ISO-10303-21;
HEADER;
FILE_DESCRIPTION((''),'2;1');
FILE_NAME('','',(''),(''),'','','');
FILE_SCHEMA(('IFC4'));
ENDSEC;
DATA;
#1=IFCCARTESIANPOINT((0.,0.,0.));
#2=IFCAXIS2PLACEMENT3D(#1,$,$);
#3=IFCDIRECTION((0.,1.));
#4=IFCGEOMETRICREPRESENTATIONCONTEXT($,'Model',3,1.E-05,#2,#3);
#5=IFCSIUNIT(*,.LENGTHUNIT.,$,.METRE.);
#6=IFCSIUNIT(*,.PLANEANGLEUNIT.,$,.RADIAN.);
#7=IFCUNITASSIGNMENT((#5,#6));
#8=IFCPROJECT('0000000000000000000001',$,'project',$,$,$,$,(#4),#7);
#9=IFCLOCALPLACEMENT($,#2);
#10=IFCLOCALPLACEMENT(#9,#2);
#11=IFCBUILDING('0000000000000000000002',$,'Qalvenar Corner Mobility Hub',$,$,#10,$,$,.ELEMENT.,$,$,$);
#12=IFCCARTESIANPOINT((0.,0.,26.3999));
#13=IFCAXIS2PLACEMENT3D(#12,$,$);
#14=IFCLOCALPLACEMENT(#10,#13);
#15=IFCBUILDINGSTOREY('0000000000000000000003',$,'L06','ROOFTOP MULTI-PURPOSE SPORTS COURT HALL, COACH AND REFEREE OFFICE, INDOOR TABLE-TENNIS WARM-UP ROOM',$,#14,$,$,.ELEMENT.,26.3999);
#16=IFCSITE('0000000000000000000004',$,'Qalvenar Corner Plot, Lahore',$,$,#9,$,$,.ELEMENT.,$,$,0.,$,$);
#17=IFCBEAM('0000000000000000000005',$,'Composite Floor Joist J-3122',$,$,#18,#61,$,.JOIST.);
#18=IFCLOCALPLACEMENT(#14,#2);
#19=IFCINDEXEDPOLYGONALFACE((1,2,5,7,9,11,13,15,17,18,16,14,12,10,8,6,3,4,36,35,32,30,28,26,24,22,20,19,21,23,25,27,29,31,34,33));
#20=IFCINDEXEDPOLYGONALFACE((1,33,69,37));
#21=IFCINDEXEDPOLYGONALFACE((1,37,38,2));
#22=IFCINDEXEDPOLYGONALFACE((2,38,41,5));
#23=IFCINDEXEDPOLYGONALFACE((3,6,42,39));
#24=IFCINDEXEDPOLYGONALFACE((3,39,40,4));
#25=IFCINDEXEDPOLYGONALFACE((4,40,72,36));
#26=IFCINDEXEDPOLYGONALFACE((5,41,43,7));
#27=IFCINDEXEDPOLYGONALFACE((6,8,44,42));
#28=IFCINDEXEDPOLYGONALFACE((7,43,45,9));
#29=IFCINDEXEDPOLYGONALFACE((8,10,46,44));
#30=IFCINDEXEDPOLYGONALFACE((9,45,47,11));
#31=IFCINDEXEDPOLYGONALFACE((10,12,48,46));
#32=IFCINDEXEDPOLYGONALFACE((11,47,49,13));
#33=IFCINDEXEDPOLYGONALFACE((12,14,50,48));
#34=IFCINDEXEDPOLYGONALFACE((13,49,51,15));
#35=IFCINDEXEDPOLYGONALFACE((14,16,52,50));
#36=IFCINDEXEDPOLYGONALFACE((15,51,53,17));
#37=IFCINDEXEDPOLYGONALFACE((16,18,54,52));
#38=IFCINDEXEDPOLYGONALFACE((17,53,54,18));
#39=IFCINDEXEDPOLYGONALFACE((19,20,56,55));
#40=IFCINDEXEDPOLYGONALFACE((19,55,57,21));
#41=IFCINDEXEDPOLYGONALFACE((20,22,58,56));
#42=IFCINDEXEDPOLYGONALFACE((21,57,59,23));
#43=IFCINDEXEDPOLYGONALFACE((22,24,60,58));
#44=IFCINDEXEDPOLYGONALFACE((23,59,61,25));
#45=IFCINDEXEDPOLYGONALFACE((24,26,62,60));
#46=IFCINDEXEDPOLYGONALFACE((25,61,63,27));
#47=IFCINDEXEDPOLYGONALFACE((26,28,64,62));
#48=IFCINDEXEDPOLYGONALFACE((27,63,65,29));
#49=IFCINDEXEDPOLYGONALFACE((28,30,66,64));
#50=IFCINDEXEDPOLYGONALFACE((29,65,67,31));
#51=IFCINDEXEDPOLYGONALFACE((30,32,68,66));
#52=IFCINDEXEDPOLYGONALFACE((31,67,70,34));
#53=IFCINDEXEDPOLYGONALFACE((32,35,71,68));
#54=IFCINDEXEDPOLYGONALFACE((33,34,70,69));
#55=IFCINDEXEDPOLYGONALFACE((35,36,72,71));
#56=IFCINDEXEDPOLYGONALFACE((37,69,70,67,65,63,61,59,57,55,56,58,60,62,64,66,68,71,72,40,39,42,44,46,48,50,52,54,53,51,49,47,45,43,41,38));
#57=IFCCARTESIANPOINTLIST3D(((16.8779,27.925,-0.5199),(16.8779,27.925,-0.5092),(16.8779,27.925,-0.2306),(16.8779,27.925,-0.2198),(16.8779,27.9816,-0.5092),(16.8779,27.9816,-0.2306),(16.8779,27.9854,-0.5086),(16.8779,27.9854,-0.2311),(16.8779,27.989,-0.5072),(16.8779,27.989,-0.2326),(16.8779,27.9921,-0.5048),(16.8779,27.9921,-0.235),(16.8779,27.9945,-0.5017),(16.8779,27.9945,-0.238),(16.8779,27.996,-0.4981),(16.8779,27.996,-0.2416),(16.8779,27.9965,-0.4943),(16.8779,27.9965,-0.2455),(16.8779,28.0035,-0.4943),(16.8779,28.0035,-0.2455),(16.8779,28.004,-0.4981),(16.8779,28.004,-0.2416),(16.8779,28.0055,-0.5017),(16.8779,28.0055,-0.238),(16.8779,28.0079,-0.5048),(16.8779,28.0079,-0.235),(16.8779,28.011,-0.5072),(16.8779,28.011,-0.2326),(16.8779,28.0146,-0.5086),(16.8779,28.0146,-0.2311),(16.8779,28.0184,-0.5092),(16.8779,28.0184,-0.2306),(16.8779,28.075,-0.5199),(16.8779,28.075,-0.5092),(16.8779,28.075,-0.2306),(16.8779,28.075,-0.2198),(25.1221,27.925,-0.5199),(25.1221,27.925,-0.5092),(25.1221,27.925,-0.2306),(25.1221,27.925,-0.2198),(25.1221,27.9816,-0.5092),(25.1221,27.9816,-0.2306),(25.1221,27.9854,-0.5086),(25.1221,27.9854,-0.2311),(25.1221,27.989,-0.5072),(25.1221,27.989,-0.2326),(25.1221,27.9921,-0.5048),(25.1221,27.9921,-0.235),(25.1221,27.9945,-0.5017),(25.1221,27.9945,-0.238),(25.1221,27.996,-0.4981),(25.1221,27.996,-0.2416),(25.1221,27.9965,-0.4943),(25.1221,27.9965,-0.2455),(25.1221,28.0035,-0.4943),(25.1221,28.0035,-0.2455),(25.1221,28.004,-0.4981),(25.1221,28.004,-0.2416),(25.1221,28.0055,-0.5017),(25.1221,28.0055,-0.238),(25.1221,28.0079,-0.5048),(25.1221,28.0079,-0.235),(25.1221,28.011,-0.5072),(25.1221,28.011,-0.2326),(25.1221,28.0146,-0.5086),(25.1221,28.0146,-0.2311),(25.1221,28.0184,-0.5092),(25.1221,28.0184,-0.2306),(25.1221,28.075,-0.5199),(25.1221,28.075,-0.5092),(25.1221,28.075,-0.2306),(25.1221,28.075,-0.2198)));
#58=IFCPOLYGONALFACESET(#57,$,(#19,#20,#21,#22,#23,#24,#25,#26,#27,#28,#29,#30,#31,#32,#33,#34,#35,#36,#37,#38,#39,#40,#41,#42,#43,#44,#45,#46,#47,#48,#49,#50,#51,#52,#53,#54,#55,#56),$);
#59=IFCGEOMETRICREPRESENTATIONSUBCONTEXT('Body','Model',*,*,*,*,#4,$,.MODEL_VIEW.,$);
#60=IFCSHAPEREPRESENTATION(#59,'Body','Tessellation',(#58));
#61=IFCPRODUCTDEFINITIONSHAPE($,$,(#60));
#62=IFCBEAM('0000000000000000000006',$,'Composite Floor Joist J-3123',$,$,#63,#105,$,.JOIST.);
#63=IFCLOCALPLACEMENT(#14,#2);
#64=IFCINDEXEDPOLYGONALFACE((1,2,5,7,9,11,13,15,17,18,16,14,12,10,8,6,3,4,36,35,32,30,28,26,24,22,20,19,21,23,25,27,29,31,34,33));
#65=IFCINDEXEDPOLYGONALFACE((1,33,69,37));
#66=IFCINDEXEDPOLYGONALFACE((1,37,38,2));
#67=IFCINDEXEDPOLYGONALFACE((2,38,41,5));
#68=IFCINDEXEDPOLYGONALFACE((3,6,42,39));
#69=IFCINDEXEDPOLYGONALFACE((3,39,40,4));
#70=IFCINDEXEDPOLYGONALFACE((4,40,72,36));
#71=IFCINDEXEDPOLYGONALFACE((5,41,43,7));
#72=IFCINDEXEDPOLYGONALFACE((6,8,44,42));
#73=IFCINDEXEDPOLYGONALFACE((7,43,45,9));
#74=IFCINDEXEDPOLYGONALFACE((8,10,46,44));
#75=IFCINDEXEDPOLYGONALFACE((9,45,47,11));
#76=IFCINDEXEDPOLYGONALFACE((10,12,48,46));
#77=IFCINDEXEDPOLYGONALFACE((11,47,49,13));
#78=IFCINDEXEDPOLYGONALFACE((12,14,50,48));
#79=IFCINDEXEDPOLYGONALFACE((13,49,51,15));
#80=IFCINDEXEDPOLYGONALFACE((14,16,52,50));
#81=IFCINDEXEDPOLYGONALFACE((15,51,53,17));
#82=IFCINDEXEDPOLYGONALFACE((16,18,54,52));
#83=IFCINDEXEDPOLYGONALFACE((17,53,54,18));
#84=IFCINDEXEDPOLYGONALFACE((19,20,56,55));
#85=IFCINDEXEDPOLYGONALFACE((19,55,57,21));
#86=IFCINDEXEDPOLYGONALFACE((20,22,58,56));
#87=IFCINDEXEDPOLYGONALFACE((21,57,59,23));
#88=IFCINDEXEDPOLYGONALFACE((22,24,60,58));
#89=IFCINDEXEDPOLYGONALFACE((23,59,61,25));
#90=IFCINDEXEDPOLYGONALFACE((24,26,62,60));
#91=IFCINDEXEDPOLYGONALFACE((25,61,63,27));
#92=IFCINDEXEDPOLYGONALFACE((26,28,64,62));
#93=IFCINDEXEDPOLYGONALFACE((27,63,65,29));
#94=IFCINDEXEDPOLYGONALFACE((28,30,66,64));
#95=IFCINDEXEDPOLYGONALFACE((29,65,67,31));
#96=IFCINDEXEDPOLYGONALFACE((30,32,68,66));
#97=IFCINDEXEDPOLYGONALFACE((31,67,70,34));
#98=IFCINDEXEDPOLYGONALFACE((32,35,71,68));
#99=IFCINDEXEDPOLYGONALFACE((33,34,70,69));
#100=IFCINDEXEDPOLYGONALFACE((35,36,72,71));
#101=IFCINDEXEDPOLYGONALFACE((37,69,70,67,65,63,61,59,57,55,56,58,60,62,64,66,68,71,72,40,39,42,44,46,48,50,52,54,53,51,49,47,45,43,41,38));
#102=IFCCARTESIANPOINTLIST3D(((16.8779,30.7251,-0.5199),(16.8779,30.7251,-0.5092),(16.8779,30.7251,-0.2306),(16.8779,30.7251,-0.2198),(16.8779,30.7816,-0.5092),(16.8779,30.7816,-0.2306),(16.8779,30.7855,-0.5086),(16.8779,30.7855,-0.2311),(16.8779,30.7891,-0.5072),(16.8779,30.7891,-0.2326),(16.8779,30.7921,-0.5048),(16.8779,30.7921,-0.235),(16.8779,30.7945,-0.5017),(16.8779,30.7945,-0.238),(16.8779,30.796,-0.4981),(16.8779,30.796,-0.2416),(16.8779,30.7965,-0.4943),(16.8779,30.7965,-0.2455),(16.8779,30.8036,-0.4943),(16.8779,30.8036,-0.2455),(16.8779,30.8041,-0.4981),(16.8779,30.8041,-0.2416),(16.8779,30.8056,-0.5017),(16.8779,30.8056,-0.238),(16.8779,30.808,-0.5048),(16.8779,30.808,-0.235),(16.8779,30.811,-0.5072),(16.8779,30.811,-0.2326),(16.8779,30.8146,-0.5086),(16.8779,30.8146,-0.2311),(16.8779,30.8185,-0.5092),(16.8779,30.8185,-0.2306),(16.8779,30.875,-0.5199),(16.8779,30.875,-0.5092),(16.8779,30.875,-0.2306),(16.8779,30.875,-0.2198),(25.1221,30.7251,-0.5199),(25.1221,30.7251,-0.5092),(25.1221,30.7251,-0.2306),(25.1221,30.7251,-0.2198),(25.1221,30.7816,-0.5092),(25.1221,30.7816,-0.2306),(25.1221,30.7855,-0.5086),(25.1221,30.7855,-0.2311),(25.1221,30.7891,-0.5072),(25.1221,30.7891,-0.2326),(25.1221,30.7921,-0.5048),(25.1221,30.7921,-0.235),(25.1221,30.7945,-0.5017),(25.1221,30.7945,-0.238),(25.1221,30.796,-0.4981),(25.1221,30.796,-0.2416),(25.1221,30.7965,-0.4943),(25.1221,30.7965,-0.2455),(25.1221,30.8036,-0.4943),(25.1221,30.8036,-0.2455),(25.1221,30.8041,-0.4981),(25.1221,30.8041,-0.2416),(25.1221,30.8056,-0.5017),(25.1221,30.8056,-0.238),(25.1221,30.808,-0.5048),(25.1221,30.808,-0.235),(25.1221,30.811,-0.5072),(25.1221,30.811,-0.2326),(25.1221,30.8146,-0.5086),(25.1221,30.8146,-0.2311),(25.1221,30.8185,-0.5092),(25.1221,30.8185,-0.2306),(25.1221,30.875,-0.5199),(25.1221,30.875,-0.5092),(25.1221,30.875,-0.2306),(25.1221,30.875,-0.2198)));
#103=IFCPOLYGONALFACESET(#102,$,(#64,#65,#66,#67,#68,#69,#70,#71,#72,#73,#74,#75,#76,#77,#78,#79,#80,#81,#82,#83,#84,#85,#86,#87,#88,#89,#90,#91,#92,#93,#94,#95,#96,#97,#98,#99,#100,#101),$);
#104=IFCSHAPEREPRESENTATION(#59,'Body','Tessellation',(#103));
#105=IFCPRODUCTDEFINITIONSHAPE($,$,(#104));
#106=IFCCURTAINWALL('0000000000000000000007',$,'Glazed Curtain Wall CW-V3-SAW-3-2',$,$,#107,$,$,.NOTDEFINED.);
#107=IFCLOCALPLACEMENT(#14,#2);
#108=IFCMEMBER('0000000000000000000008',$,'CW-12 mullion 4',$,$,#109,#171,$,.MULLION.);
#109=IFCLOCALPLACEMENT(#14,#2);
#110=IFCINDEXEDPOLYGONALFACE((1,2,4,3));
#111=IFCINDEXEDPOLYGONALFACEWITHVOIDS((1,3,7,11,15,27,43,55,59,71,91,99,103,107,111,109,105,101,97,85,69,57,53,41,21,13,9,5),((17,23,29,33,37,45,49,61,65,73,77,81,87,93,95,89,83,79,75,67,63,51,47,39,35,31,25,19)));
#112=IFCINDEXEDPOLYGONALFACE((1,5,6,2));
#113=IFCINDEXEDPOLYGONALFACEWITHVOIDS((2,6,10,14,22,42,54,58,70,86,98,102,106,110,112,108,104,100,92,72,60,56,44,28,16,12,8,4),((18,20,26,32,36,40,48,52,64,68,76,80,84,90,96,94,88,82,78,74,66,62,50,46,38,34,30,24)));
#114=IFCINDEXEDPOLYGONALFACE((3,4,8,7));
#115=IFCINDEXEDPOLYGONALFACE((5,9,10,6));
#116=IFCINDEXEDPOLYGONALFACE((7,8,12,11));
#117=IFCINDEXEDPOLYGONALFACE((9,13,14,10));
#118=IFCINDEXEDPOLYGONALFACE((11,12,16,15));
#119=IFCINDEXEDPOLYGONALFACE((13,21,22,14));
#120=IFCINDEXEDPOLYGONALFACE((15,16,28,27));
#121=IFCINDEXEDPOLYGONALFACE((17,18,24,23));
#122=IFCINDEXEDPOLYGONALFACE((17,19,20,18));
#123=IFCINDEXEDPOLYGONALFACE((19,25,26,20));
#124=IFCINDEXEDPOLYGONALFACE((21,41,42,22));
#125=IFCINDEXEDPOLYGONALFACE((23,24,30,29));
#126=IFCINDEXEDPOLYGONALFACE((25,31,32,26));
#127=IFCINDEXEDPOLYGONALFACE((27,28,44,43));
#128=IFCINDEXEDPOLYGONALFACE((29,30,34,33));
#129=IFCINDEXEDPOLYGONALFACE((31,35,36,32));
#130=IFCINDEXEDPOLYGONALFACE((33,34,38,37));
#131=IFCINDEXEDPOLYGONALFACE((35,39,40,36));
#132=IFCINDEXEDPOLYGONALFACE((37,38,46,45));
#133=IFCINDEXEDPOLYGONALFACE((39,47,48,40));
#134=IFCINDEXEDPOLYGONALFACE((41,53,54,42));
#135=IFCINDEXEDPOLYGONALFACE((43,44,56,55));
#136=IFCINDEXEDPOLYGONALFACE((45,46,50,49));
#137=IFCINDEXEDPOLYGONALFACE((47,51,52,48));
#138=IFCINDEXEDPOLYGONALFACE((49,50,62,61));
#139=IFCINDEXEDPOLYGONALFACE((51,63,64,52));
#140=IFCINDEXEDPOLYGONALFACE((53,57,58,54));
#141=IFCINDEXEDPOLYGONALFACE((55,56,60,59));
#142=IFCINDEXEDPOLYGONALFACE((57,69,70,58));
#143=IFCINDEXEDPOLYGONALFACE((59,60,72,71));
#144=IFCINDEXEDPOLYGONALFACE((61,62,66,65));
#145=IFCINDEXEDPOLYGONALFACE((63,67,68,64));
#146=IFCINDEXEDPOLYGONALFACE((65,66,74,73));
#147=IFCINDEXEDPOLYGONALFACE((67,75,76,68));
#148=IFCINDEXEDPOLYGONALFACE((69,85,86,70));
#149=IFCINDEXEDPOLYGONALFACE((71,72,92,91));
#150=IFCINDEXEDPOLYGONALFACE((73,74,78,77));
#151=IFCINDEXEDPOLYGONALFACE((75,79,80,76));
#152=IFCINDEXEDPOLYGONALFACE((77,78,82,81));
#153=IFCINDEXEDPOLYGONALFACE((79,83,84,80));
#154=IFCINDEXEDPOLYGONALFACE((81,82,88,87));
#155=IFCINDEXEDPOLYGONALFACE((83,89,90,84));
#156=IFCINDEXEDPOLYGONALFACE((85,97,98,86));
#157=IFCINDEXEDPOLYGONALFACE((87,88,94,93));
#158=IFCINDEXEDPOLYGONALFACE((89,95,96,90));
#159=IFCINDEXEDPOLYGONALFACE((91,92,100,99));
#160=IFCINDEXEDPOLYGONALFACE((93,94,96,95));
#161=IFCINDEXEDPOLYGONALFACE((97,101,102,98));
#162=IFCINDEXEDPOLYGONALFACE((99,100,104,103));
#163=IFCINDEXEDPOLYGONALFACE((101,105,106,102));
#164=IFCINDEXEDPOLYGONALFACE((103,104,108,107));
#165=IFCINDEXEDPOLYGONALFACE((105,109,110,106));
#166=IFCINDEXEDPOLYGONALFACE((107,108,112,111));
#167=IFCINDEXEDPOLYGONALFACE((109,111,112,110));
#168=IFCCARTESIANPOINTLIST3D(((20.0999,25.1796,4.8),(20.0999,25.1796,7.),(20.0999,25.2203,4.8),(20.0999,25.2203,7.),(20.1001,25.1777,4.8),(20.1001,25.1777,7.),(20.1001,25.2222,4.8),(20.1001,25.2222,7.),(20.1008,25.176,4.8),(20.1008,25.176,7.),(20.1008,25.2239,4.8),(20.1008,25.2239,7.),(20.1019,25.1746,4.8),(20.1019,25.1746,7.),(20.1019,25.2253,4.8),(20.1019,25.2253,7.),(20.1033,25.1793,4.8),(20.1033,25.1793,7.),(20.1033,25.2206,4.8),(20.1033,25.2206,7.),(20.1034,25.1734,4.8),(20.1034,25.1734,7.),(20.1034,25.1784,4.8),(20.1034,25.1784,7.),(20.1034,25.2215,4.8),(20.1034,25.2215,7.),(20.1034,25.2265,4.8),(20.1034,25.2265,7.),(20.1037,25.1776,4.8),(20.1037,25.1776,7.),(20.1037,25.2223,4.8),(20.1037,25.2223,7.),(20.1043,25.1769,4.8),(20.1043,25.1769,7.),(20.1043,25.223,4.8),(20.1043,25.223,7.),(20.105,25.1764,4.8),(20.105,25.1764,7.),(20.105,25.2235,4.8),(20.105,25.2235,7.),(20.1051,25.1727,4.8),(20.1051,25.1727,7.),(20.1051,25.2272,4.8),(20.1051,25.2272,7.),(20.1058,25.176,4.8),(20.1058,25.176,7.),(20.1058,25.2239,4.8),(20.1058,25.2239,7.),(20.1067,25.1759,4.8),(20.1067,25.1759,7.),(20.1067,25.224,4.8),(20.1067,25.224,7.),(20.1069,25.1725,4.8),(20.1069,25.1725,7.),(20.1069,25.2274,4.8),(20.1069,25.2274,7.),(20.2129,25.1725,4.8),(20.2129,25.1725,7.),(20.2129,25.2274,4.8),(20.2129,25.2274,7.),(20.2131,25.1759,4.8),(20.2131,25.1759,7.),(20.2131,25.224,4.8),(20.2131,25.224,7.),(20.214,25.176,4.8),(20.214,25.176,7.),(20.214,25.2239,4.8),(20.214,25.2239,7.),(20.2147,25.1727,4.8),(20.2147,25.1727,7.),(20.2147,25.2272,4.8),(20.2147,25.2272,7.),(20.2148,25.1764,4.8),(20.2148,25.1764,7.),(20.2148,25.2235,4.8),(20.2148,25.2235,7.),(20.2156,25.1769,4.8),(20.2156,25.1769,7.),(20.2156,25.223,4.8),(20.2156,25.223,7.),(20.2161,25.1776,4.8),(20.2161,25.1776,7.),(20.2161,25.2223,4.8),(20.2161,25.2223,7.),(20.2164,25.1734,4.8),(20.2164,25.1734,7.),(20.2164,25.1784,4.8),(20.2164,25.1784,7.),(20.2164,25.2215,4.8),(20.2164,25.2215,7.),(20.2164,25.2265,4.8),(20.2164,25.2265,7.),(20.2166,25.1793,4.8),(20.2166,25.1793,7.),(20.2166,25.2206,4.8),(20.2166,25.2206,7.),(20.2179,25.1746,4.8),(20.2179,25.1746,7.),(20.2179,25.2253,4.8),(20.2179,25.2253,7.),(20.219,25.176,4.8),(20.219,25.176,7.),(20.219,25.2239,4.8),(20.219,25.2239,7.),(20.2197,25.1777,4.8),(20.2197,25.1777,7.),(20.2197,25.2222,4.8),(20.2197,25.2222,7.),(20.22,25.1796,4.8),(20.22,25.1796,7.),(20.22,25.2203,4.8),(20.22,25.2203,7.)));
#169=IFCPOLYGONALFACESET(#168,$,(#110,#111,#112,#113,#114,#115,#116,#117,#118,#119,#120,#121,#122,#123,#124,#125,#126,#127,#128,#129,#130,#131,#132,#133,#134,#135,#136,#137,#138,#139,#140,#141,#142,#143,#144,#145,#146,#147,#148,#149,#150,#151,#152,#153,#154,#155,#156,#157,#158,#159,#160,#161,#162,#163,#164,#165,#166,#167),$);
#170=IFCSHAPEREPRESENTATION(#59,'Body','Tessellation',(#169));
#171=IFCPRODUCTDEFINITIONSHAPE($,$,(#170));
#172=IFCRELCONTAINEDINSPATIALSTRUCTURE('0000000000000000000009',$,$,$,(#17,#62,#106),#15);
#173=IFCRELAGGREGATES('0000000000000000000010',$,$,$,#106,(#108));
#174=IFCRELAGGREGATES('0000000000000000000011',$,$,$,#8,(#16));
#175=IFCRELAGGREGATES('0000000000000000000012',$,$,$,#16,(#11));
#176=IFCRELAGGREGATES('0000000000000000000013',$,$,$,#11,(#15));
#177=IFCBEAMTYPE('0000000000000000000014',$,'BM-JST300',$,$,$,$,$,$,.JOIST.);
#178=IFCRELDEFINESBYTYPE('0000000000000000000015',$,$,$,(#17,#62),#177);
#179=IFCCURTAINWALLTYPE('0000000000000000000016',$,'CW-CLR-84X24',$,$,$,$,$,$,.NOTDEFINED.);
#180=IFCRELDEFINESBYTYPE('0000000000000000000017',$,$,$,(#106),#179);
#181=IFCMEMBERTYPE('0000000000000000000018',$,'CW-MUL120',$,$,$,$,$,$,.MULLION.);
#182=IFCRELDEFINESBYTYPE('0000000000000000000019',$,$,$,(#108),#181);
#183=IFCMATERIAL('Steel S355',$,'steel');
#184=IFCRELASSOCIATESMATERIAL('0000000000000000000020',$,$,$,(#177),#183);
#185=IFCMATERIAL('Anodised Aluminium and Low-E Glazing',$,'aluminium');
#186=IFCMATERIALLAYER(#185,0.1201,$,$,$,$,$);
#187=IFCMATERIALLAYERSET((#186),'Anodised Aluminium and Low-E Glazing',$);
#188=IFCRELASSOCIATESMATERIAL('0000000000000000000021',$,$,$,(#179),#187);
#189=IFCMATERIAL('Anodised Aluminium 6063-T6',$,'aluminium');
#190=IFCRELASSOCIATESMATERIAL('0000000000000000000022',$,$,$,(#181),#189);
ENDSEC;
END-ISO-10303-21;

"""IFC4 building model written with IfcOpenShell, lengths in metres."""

from ifc_helpers import new_model, si_unit, direction, frame, origin, origin_2d, place, context, subcontext, project, spatial, hollow_rectangle, i_section, extrude, material, layer, layer_set, material_profile, profile_set, type_object, element, aggregate, save


model = new_model("IFC4")

# Units and contexts
model_context = context("Model", 3, precision=1e-05, world=origin(), true_north=direction((0.0, 1.0)))
body_context = subcontext(model_context, "Body", "Model", "MODEL_VIEW")
ifc_project = project(units=[si_unit("LENGTHUNIT", "METRE"), si_unit("PLANEANGLEUNIT", "RADIAN")], contexts=[model_context])

# Site, building, storey
site_placement = place(None, origin())
site = spatial("IfcSite", under=ifc_project, at=site_placement, Name="Qalvenar Corner Plot, Lahore", CompositionType="ELEMENT", RefElevation=0.0)
building_placement = place(site_placement, origin())
building = spatial("IfcBuilding", under=site, at=building_placement, Name="Qalvenar Corner Mobility Hub", CompositionType="ELEMENT")
storey_placement = place(building_placement, frame((0.0, 0.0, 26.3999)))
storey = spatial("IfcBuildingStorey", under=building, at=storey_placement, Name="L06", Description="ROOFTOP MULTI-PURPOSE SPORTS COURT HALL, COACH AND REFEREE OFFICE, INDOOR TABLE-TENNIS WARM-UP ROOM", CompositionType="ELEMENT", Elevation=26.3999)

# Beams
ifc_material_1 = material(Name="Steel S355", Category="steel")
ifc_material_profile_1 = material_profile(ifc_material_1, i_section(OverallWidth=0.1499, OverallDepth=0.3, WebThickness=0.0071, FlangeThickness=0.0107, FilletRadius=0.0149, at=origin_2d()), Name="IPE300")
ifc_profile_set_1 = profile_set([ifc_material_profile_1], Name="Steel S355")
beam_type = type_object("IfcBeamType", Name="BM-JST300", PredefinedType="JOIST", material=ifc_profile_set_1)
for number, where, z_axis, x_axis, name in (
    (1, (16.8779, 28.0, -0.3699), (1.0, 0.0, 0.0), (0.0, 1.0, 0.0), "Composite Floor Joist J-3122"),
    (2, (16.8779, 30.8, -0.3699), (1.0, 0.0, 0.0), (0.0, 1.0, 0.0), "Composite Floor Joist J-3123"),
):
    element("IfcBeam", number, at=place(storey_placement, frame(where, z_axis=z_axis, x_axis=x_axis)), inside=storey, type_object=beam_type, Name=name, PredefinedType="JOIST", context=body_context, shape_type="SweptSolid", body=[
        extrude(i_section(OverallWidth=0.1499, OverallDepth=0.3, WebThickness=0.0071, FlangeThickness=0.0107, FilletRadius=0.0149, at=origin_2d()), origin(), (0.0, 0.0, 1.0), 8.2441),
    ])

# Curtain wall, member
ifc_material_2 = material(Name="Anodised Aluminium and Low-E Glazing", Category="aluminium")
ifc_layer_1 = layer(ifc_material_2, 0.1201)
ifc_layer_set_1 = layer_set([ifc_layer_1], Name="Anodised Aluminium and Low-E Glazing")
curtain_wall_type_1 = type_object("IfcCurtainWallType", Name="CW-CLR-84X24", PredefinedType="NOTDEFINED", material=ifc_layer_set_1)
curtain_wall_1_placement = place(storey_placement, origin())
curtain_wall_1 = element("IfcCurtainWall", 3, at=curtain_wall_1_placement, inside=storey, type_object=curtain_wall_type_1, Name="Glazed Curtain Wall CW-V3-SAW-3-2", PredefinedType="NOTDEFINED")
ifc_material_3 = material(Name="Anodised Aluminium 6063-T6", Category="aluminium")
ifc_material_profile_2 = material_profile(ifc_material_3, hollow_rectangle(XDim=0.0549, YDim=0.1201, WallThickness=0.0034, InnerFilletRadius=0.0034, OuterFilletRadius=0.0071, at=origin_2d()), Name="RHS120x55x3.5")
ifc_profile_set_2 = profile_set([ifc_material_profile_2], Name="Anodised Aluminium 6063-T6")
member_type_1 = type_object("IfcMemberType", Name="CW-MUL120", PredefinedType="MULLION", material=ifc_profile_set_2)
member_1_placement = place(storey_placement, frame((20.1599, 25.2, 4.8), z_axis=(0.0, 0.0, 1.0), x_axis=(0.0, -1.0, 0.0)))
member_1 = element("IfcMember", 4, at=member_1_placement, type_object=member_type_1, Name="CW-12 mullion 4", PredefinedType="MULLION", context=body_context, shape_type="SweptSolid", body=[
    extrude(hollow_rectangle(XDim=0.0549, YDim=0.1201, WallThickness=0.0034, InnerFilletRadius=0.0034, OuterFilletRadius=0.0071, at=origin_2d()), origin(), (0.0, 0.0, 1.0), 2.2),
])

aggregate(curtain_wall_1, [member_1])

save(model, "model.ifc")
